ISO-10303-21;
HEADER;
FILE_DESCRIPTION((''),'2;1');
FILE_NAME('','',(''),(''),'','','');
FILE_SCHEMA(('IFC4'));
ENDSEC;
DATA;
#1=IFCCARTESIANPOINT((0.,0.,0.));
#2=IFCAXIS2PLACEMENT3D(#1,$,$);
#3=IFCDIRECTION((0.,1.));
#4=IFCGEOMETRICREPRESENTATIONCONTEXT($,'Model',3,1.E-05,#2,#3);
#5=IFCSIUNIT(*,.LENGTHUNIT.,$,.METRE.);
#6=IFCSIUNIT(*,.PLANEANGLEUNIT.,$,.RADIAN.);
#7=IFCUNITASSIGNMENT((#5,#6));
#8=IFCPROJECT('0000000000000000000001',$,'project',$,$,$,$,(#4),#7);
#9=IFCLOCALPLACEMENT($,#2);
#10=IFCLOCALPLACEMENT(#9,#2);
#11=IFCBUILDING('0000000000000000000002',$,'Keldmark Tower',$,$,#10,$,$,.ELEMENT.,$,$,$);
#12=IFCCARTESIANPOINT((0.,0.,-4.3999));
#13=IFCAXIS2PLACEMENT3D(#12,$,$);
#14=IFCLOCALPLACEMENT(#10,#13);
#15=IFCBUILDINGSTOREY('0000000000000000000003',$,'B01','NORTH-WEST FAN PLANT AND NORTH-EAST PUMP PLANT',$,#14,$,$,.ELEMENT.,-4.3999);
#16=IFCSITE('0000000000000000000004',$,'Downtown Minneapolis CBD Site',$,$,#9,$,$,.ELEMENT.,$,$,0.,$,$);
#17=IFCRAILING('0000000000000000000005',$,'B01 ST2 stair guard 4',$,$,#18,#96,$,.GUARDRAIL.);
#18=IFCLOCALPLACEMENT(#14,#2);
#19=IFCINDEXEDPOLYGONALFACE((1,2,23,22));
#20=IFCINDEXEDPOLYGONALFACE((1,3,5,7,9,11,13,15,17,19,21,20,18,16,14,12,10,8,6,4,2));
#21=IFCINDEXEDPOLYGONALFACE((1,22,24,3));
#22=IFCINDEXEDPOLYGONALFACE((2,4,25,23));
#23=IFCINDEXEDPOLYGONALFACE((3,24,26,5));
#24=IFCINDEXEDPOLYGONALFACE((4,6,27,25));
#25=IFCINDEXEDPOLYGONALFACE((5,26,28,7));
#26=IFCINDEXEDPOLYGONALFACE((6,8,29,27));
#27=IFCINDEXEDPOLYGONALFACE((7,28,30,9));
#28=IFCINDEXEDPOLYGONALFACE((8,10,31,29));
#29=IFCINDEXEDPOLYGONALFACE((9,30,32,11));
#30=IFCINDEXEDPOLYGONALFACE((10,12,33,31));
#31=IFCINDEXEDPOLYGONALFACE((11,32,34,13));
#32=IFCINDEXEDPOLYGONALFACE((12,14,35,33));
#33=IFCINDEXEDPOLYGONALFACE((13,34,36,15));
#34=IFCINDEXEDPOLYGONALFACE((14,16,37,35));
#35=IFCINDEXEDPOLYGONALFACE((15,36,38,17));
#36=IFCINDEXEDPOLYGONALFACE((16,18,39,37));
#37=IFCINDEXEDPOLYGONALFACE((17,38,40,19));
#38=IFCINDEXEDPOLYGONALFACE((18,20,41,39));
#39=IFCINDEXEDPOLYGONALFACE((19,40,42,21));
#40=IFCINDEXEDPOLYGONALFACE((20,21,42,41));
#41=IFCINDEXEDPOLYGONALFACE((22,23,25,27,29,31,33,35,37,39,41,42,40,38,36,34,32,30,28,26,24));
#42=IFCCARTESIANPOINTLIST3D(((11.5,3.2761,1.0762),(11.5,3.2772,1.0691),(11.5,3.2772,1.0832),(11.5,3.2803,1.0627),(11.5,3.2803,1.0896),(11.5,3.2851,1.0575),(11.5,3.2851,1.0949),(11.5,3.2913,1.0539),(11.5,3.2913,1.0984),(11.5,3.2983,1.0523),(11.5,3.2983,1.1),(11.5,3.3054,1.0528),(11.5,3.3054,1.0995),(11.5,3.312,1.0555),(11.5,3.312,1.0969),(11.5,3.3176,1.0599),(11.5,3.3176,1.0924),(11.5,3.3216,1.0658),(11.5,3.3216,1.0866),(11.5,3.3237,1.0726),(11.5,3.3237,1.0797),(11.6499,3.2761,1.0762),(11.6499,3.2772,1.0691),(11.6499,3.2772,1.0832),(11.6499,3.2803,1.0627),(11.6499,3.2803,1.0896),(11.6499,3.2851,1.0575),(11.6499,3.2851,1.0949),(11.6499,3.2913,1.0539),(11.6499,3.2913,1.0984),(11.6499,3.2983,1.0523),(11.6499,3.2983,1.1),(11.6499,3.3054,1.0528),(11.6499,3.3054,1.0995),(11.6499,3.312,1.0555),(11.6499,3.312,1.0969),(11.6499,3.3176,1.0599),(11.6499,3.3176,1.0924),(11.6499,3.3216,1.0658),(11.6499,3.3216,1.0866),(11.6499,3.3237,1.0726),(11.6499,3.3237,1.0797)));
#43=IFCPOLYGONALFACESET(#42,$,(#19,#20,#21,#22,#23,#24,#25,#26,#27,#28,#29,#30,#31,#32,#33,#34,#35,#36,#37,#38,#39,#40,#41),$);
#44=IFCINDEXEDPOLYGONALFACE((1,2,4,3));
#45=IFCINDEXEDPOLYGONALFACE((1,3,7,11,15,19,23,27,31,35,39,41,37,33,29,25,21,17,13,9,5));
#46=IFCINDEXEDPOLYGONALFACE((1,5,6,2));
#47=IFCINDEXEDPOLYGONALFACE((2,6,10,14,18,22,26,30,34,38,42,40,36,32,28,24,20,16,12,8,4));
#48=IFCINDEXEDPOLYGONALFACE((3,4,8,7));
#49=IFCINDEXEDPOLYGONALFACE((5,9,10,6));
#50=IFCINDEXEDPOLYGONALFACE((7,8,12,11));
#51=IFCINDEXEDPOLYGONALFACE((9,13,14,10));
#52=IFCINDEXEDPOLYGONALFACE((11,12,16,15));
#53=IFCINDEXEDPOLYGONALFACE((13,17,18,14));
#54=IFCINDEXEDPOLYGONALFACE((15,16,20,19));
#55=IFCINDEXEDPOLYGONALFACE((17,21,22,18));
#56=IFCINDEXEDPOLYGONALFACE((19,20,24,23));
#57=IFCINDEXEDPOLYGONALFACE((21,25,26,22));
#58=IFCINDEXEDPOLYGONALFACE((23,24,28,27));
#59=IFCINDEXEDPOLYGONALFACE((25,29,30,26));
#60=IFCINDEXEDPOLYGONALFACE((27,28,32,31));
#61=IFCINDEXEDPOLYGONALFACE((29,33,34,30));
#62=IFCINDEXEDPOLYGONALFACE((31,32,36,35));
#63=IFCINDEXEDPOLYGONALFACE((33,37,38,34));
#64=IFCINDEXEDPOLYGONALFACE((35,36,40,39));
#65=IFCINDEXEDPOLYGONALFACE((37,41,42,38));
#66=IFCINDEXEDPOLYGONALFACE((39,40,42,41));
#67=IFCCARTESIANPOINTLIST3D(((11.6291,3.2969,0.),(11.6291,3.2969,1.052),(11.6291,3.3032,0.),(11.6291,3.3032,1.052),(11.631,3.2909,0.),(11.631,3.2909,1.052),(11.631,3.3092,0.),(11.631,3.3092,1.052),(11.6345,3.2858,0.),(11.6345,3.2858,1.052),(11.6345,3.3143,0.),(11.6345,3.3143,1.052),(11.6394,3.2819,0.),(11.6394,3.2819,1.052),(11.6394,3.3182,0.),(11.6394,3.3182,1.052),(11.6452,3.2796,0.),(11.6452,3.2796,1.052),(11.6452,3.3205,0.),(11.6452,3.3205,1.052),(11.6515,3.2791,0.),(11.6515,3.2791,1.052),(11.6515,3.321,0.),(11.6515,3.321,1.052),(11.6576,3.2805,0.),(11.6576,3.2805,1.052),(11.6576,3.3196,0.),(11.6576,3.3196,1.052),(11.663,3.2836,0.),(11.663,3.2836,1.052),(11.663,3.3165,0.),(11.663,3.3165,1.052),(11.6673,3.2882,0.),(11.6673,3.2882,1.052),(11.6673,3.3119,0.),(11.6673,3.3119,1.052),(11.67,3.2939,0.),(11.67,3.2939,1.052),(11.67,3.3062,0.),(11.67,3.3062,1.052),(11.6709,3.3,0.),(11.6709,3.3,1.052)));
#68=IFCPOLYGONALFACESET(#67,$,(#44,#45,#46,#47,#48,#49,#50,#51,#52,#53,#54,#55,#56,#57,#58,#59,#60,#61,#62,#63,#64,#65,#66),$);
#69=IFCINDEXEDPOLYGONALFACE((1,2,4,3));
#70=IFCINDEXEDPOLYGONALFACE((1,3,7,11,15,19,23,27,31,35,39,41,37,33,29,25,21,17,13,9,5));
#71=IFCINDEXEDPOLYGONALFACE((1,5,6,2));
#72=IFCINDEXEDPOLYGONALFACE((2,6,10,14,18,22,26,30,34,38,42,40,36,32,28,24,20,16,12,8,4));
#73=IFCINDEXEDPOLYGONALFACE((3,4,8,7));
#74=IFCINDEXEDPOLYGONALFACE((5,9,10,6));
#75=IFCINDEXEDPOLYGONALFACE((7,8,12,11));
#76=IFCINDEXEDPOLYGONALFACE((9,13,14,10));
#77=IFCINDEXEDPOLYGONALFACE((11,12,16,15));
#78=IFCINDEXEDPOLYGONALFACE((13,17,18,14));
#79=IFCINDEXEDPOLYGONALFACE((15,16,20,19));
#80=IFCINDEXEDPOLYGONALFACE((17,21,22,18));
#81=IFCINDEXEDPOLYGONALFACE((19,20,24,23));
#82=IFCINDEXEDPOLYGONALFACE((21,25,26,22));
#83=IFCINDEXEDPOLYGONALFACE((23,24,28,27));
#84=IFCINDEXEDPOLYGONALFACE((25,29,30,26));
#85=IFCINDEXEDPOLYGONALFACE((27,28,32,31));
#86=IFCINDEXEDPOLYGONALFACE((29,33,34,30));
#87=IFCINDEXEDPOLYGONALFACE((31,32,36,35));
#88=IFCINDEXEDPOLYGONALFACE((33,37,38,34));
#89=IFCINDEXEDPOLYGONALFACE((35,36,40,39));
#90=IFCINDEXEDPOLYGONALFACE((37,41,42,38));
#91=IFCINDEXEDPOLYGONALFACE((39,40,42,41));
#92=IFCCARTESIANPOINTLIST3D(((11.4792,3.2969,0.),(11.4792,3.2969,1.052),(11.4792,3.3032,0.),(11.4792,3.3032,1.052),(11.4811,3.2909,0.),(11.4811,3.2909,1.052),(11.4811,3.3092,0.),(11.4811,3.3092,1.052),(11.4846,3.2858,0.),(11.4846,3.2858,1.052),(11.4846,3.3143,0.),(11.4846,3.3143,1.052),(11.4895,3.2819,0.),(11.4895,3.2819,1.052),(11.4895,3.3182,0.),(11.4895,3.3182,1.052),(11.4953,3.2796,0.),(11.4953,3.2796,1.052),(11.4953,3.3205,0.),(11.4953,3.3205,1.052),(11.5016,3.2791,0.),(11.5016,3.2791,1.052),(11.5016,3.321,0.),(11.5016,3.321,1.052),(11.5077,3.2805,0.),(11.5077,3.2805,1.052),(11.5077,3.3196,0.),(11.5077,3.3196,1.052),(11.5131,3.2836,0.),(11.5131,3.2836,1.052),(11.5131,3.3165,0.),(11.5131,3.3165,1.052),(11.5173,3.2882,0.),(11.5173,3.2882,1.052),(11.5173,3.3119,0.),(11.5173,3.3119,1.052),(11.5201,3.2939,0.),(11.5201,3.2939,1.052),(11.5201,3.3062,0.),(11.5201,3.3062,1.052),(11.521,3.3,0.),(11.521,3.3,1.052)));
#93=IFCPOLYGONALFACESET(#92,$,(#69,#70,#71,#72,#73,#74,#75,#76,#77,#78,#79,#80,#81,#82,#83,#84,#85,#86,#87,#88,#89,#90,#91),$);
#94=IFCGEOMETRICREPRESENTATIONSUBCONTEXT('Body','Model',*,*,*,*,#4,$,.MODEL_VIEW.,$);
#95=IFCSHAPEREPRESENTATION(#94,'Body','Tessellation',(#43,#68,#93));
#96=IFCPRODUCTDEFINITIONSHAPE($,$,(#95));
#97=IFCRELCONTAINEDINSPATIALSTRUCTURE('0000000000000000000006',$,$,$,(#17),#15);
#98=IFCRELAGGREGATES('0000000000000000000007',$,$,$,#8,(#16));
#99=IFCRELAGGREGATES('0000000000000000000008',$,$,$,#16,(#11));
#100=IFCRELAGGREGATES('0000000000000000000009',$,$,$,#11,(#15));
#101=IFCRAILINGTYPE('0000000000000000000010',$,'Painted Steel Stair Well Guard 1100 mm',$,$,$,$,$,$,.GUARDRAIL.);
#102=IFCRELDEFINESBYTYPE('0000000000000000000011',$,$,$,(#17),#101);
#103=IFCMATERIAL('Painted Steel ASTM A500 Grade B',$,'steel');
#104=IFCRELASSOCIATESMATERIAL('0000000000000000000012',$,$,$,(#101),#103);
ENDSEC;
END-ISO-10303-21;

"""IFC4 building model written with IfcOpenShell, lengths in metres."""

from ifc_helpers import new_model, si_unit, direction, frame, origin, origin_2d, place, context, subcontext, project, spatial, circle, extrude, material, type_object, element, save


model = new_model("IFC4")

# Units and contexts
model_context = context("Model", 3, precision=1e-05, world=origin(), true_north=direction((0.0, 1.0)))
body_context = subcontext(model_context, "Body", "Model", "MODEL_VIEW")
ifc_project = project(units=[si_unit("LENGTHUNIT", "METRE"), si_unit("PLANEANGLEUNIT", "RADIAN")], contexts=[model_context])

# Site, building, storey
site_placement = place(None, origin())
site = spatial("IfcSite", under=ifc_project, at=site_placement, Name="Downtown Minneapolis CBD Site", CompositionType="ELEMENT", RefElevation=0.0)
building_placement = place(site_placement, origin())
building = spatial("IfcBuilding", under=site, at=building_placement, Name="Keldmark Tower", CompositionType="ELEMENT")
storey_placement = place(building_placement, frame((0.0, 0.0, -4.3999)))
storey = spatial("IfcBuildingStorey", under=building, at=storey_placement, Name="B01", Description="NORTH-WEST FAN PLANT AND NORTH-EAST PUMP PLANT", CompositionType="ELEMENT", Elevation=-4.3999)

# Railing
ifc_material_1 = material(Name="Painted Steel ASTM A500 Grade B", Category="steel")
railing_type_1 = type_object("IfcRailingType", Name="Painted Steel Stair Well Guard 1100 mm", PredefinedType="GUARDRAIL", material=ifc_material_1)
railing_1_placement = place(storey_placement, frame((11.6499, 3.3, 0.0)))
element("IfcRailing", 1, at=railing_1_placement, inside=storey, type_object=railing_type_1, Name="B01 ST2 stair guard 4", PredefinedType="GUARDRAIL", context=body_context, shape_type="SweptSolid", body=[
    extrude(circle(Radius=0.0239, at=origin_2d()), frame((0.0, 0.0, 1.0762), z_axis=(-1.0, 0.0, 0.0), x_axis=(0.0, -1.0, 0.0)), (0.0, 0.0, 1.0), 0.1499),
    extrude(circle(Radius=0.021, at=origin_2d()), origin(), (0.0, 0.0, 1.0), 1.052),
    extrude(circle(Radius=0.021, at=origin_2d()), frame((-0.1499, 0.0, 0.0)), (0.0, 0.0, 1.0), 1.052),
])

save(model, "model.ifc")
